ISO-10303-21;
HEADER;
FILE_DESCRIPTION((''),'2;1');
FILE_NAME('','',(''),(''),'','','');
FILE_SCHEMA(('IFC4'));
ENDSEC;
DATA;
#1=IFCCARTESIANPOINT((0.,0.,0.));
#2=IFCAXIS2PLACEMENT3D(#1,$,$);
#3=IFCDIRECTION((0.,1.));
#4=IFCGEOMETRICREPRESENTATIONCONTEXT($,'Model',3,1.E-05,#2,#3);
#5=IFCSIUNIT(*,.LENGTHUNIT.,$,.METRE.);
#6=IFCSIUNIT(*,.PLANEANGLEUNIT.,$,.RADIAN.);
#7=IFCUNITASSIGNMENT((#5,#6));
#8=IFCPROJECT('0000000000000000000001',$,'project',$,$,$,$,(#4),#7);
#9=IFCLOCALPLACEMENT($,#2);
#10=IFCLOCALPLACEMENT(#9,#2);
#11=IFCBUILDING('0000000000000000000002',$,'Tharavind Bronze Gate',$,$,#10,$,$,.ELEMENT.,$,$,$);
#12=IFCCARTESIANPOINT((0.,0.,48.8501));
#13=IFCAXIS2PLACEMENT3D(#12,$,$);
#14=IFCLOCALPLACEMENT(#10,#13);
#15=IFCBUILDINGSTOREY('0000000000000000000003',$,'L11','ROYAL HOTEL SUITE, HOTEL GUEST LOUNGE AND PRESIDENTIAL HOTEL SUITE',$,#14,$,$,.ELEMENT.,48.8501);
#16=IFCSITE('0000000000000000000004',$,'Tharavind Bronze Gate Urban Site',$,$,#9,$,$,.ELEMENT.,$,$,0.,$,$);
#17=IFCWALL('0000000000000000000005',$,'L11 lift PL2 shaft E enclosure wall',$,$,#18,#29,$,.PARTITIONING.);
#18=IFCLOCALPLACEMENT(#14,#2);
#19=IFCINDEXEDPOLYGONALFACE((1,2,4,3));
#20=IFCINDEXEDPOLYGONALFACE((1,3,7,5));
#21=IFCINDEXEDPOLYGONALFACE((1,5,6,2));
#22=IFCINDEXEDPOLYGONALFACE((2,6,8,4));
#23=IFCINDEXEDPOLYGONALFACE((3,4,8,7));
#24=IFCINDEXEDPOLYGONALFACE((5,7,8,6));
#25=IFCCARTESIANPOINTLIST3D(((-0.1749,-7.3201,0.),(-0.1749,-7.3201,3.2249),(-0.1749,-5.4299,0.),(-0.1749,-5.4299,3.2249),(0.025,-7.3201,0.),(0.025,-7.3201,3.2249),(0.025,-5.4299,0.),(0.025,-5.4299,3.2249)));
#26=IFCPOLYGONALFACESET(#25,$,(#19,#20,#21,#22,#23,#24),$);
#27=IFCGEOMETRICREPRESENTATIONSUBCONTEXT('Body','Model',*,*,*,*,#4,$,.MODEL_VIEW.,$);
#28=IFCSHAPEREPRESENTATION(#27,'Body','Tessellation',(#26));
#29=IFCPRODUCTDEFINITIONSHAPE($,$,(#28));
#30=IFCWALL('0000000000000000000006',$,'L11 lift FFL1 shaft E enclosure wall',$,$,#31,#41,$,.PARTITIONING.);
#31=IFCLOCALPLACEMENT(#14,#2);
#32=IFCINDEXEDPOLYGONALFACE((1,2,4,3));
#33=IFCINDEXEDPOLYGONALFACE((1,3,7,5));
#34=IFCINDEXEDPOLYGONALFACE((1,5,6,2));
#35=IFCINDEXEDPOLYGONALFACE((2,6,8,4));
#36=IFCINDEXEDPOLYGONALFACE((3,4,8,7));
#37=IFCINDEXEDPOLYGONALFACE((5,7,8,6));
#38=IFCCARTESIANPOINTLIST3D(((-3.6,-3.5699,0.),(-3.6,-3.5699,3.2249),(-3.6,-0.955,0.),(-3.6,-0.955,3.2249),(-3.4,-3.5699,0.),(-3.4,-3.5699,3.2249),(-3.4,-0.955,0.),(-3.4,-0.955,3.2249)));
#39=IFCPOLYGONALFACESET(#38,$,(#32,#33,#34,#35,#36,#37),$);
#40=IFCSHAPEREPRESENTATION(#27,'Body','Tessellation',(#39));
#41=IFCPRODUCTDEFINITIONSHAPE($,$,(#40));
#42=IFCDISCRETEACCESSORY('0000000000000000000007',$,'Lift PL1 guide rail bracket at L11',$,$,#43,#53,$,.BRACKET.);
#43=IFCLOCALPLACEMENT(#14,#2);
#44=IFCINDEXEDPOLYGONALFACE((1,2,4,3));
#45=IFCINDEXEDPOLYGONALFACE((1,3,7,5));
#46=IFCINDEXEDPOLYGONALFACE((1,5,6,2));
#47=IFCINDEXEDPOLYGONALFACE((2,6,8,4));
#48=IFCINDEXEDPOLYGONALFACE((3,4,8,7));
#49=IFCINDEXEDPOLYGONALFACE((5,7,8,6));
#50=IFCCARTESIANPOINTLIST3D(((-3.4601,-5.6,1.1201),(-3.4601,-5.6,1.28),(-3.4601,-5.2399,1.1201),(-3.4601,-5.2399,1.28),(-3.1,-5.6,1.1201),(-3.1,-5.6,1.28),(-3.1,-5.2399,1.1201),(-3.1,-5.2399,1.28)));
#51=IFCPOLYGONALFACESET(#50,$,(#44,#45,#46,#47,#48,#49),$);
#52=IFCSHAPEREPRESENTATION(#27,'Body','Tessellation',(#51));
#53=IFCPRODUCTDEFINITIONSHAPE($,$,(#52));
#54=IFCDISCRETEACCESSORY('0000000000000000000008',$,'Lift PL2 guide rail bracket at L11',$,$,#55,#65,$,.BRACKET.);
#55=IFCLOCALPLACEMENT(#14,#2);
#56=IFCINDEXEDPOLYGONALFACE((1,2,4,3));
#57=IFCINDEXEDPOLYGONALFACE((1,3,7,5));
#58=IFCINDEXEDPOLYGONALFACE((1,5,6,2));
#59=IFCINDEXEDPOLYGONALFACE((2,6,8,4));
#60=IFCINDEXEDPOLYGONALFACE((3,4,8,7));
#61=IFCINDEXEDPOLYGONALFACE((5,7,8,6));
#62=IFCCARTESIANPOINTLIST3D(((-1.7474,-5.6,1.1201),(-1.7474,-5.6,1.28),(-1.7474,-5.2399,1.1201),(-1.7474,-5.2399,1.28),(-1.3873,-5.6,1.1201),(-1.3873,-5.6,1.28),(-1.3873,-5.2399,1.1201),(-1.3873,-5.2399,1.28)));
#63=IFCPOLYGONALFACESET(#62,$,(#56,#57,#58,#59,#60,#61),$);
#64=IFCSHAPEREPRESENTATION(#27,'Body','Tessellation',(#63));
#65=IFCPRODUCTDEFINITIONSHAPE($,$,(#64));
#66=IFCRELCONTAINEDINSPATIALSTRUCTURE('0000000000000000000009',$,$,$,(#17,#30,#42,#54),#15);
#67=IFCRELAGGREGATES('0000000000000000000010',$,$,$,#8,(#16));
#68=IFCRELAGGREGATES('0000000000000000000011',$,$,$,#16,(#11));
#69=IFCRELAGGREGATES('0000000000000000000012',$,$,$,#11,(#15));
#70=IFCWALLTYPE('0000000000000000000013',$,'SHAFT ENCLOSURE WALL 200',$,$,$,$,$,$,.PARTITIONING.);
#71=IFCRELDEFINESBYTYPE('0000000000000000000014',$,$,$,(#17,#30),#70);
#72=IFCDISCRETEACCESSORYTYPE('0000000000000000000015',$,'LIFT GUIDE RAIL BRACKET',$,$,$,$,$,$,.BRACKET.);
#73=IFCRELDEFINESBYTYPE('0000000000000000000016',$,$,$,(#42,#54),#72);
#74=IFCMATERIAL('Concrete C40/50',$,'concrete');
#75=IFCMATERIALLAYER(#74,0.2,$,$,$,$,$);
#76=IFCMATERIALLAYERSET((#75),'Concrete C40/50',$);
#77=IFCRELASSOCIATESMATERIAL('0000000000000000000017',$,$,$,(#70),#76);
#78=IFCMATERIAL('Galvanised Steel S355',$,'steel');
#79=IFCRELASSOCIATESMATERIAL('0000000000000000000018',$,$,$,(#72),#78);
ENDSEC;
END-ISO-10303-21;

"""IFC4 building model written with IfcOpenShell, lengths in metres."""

from ifc_helpers import new_model, si_unit, direction, frame, frame_2d, origin, origin_2d, place, context, subcontext, project, spatial, rectangle, extrude, material, layer, layer_set, type_object, element, save


model = new_model("IFC4")

# Units and contexts
model_context = context("Model", 3, precision=1e-05, world=origin(), true_north=direction((0.0, 1.0)))
body_context = subcontext(model_context, "Body", "Model", "MODEL_VIEW")
ifc_project = project(units=[si_unit("LENGTHUNIT", "METRE"), si_unit("PLANEANGLEUNIT", "RADIAN")], contexts=[model_context])

# Site, building, storey
site_placement = place(None, origin())
site = spatial("IfcSite", under=ifc_project, at=site_placement, Name="Tharavind Bronze Gate Urban Site", CompositionType="ELEMENT", RefElevation=0.0)
building_placement = place(site_placement, origin())
building = spatial("IfcBuilding", under=site, at=building_placement, Name="Tharavind Bronze Gate", CompositionType="ELEMENT")
storey_placement = place(building_placement, frame((0.0, 0.0, 48.8501)))
storey = spatial("IfcBuildingStorey", under=building, at=storey_placement, Name="L11", Description="ROYAL HOTEL SUITE, HOTEL GUEST LOUNGE AND PRESIDENTIAL HOTEL SUITE", CompositionType="ELEMENT", Elevation=48.8501)

# Walls
ifc_material_1 = material(Name="Concrete C40/50", Category="concrete")
ifc_layer_1 = layer(ifc_material_1, 0.2)
ifc_layer_set_1 = layer_set([ifc_layer_1], Name="Concrete C40/50")
wall_type_1 = type_object("IfcWallType", Name="SHAFT ENCLOSURE WALL 200", PredefinedType="PARTITIONING", material=ifc_layer_set_1)
for number, where, z_axis, x_axis, name in (
    (1, (-0.075, -7.3201, 0.0), (0.0, 0.0, 1.0), (0.0, 1.0, 0.0), "L11 lift PL2 shaft E enclosure wall"),
):
    element("IfcWall", number, at=place(storey_placement, frame(where, z_axis=z_axis, x_axis=x_axis)), inside=storey, type_object=wall_type_1, Name=name, PredefinedType="PARTITIONING", context=body_context, shape_type="SweptSolid", body=[
        extrude(rectangle(XDim=1.8901, YDim=0.2, at=frame_2d((0.9451, 0.0))), origin(), (0.0, 0.0, 1.0), 3.2249),
    ])
wall_1_placement = place(storey_placement, frame((-3.5, -3.5701, 0.0), z_axis=(0.0, 0.0, 1.0), x_axis=(0.0, 1.0, 0.0)))
element("IfcWall", 2, at=wall_1_placement, inside=storey, type_object=wall_type_1, Name="L11 lift FFL1 shaft E enclosure wall", PredefinedType="PARTITIONING", context=body_context, shape_type="SweptSolid", body=[
    extrude(rectangle(XDim=2.615, YDim=0.2, at=frame_2d((1.3076, 0.0))), origin(), (0.0, 0.0, 1.0), 3.2249),
])

# Discrete accessories
ifc_material_2 = material(Name="Galvanised Steel S355", Category="steel")
discrete_accessory_type = type_object("IfcDiscreteAccessoryType", Name="LIFT GUIDE RAIL BRACKET", PredefinedType="BRACKET", material=ifc_material_2)
for number, where, z_axis, x_axis, name in (
    (3, (-3.28, -5.4199, 1.1201), (0.0, 0.0, 1.0), (1.0, 0.0, 0.0), "Lift PL1 guide rail bracket at L11"),
    (4, (-1.5674, -5.4199, 1.1201), (0.0, 0.0, 1.0), (1.0, 0.0, 0.0), "Lift PL2 guide rail bracket at L11"),
):
    element("IfcDiscreteAccessory", number, at=place(storey_placement, frame(where, z_axis=z_axis, x_axis=x_axis)), inside=storey, type_object=discrete_accessory_type, Name=name, PredefinedType="BRACKET", context=body_context, shape_type="SweptSolid", body=[
        extrude(rectangle(XDim=0.3601, YDim=0.3601, at=origin_2d()), origin(), (0.0, 0.0, 1.0), 0.1599),
    ])

save(model, "model.ifc")
